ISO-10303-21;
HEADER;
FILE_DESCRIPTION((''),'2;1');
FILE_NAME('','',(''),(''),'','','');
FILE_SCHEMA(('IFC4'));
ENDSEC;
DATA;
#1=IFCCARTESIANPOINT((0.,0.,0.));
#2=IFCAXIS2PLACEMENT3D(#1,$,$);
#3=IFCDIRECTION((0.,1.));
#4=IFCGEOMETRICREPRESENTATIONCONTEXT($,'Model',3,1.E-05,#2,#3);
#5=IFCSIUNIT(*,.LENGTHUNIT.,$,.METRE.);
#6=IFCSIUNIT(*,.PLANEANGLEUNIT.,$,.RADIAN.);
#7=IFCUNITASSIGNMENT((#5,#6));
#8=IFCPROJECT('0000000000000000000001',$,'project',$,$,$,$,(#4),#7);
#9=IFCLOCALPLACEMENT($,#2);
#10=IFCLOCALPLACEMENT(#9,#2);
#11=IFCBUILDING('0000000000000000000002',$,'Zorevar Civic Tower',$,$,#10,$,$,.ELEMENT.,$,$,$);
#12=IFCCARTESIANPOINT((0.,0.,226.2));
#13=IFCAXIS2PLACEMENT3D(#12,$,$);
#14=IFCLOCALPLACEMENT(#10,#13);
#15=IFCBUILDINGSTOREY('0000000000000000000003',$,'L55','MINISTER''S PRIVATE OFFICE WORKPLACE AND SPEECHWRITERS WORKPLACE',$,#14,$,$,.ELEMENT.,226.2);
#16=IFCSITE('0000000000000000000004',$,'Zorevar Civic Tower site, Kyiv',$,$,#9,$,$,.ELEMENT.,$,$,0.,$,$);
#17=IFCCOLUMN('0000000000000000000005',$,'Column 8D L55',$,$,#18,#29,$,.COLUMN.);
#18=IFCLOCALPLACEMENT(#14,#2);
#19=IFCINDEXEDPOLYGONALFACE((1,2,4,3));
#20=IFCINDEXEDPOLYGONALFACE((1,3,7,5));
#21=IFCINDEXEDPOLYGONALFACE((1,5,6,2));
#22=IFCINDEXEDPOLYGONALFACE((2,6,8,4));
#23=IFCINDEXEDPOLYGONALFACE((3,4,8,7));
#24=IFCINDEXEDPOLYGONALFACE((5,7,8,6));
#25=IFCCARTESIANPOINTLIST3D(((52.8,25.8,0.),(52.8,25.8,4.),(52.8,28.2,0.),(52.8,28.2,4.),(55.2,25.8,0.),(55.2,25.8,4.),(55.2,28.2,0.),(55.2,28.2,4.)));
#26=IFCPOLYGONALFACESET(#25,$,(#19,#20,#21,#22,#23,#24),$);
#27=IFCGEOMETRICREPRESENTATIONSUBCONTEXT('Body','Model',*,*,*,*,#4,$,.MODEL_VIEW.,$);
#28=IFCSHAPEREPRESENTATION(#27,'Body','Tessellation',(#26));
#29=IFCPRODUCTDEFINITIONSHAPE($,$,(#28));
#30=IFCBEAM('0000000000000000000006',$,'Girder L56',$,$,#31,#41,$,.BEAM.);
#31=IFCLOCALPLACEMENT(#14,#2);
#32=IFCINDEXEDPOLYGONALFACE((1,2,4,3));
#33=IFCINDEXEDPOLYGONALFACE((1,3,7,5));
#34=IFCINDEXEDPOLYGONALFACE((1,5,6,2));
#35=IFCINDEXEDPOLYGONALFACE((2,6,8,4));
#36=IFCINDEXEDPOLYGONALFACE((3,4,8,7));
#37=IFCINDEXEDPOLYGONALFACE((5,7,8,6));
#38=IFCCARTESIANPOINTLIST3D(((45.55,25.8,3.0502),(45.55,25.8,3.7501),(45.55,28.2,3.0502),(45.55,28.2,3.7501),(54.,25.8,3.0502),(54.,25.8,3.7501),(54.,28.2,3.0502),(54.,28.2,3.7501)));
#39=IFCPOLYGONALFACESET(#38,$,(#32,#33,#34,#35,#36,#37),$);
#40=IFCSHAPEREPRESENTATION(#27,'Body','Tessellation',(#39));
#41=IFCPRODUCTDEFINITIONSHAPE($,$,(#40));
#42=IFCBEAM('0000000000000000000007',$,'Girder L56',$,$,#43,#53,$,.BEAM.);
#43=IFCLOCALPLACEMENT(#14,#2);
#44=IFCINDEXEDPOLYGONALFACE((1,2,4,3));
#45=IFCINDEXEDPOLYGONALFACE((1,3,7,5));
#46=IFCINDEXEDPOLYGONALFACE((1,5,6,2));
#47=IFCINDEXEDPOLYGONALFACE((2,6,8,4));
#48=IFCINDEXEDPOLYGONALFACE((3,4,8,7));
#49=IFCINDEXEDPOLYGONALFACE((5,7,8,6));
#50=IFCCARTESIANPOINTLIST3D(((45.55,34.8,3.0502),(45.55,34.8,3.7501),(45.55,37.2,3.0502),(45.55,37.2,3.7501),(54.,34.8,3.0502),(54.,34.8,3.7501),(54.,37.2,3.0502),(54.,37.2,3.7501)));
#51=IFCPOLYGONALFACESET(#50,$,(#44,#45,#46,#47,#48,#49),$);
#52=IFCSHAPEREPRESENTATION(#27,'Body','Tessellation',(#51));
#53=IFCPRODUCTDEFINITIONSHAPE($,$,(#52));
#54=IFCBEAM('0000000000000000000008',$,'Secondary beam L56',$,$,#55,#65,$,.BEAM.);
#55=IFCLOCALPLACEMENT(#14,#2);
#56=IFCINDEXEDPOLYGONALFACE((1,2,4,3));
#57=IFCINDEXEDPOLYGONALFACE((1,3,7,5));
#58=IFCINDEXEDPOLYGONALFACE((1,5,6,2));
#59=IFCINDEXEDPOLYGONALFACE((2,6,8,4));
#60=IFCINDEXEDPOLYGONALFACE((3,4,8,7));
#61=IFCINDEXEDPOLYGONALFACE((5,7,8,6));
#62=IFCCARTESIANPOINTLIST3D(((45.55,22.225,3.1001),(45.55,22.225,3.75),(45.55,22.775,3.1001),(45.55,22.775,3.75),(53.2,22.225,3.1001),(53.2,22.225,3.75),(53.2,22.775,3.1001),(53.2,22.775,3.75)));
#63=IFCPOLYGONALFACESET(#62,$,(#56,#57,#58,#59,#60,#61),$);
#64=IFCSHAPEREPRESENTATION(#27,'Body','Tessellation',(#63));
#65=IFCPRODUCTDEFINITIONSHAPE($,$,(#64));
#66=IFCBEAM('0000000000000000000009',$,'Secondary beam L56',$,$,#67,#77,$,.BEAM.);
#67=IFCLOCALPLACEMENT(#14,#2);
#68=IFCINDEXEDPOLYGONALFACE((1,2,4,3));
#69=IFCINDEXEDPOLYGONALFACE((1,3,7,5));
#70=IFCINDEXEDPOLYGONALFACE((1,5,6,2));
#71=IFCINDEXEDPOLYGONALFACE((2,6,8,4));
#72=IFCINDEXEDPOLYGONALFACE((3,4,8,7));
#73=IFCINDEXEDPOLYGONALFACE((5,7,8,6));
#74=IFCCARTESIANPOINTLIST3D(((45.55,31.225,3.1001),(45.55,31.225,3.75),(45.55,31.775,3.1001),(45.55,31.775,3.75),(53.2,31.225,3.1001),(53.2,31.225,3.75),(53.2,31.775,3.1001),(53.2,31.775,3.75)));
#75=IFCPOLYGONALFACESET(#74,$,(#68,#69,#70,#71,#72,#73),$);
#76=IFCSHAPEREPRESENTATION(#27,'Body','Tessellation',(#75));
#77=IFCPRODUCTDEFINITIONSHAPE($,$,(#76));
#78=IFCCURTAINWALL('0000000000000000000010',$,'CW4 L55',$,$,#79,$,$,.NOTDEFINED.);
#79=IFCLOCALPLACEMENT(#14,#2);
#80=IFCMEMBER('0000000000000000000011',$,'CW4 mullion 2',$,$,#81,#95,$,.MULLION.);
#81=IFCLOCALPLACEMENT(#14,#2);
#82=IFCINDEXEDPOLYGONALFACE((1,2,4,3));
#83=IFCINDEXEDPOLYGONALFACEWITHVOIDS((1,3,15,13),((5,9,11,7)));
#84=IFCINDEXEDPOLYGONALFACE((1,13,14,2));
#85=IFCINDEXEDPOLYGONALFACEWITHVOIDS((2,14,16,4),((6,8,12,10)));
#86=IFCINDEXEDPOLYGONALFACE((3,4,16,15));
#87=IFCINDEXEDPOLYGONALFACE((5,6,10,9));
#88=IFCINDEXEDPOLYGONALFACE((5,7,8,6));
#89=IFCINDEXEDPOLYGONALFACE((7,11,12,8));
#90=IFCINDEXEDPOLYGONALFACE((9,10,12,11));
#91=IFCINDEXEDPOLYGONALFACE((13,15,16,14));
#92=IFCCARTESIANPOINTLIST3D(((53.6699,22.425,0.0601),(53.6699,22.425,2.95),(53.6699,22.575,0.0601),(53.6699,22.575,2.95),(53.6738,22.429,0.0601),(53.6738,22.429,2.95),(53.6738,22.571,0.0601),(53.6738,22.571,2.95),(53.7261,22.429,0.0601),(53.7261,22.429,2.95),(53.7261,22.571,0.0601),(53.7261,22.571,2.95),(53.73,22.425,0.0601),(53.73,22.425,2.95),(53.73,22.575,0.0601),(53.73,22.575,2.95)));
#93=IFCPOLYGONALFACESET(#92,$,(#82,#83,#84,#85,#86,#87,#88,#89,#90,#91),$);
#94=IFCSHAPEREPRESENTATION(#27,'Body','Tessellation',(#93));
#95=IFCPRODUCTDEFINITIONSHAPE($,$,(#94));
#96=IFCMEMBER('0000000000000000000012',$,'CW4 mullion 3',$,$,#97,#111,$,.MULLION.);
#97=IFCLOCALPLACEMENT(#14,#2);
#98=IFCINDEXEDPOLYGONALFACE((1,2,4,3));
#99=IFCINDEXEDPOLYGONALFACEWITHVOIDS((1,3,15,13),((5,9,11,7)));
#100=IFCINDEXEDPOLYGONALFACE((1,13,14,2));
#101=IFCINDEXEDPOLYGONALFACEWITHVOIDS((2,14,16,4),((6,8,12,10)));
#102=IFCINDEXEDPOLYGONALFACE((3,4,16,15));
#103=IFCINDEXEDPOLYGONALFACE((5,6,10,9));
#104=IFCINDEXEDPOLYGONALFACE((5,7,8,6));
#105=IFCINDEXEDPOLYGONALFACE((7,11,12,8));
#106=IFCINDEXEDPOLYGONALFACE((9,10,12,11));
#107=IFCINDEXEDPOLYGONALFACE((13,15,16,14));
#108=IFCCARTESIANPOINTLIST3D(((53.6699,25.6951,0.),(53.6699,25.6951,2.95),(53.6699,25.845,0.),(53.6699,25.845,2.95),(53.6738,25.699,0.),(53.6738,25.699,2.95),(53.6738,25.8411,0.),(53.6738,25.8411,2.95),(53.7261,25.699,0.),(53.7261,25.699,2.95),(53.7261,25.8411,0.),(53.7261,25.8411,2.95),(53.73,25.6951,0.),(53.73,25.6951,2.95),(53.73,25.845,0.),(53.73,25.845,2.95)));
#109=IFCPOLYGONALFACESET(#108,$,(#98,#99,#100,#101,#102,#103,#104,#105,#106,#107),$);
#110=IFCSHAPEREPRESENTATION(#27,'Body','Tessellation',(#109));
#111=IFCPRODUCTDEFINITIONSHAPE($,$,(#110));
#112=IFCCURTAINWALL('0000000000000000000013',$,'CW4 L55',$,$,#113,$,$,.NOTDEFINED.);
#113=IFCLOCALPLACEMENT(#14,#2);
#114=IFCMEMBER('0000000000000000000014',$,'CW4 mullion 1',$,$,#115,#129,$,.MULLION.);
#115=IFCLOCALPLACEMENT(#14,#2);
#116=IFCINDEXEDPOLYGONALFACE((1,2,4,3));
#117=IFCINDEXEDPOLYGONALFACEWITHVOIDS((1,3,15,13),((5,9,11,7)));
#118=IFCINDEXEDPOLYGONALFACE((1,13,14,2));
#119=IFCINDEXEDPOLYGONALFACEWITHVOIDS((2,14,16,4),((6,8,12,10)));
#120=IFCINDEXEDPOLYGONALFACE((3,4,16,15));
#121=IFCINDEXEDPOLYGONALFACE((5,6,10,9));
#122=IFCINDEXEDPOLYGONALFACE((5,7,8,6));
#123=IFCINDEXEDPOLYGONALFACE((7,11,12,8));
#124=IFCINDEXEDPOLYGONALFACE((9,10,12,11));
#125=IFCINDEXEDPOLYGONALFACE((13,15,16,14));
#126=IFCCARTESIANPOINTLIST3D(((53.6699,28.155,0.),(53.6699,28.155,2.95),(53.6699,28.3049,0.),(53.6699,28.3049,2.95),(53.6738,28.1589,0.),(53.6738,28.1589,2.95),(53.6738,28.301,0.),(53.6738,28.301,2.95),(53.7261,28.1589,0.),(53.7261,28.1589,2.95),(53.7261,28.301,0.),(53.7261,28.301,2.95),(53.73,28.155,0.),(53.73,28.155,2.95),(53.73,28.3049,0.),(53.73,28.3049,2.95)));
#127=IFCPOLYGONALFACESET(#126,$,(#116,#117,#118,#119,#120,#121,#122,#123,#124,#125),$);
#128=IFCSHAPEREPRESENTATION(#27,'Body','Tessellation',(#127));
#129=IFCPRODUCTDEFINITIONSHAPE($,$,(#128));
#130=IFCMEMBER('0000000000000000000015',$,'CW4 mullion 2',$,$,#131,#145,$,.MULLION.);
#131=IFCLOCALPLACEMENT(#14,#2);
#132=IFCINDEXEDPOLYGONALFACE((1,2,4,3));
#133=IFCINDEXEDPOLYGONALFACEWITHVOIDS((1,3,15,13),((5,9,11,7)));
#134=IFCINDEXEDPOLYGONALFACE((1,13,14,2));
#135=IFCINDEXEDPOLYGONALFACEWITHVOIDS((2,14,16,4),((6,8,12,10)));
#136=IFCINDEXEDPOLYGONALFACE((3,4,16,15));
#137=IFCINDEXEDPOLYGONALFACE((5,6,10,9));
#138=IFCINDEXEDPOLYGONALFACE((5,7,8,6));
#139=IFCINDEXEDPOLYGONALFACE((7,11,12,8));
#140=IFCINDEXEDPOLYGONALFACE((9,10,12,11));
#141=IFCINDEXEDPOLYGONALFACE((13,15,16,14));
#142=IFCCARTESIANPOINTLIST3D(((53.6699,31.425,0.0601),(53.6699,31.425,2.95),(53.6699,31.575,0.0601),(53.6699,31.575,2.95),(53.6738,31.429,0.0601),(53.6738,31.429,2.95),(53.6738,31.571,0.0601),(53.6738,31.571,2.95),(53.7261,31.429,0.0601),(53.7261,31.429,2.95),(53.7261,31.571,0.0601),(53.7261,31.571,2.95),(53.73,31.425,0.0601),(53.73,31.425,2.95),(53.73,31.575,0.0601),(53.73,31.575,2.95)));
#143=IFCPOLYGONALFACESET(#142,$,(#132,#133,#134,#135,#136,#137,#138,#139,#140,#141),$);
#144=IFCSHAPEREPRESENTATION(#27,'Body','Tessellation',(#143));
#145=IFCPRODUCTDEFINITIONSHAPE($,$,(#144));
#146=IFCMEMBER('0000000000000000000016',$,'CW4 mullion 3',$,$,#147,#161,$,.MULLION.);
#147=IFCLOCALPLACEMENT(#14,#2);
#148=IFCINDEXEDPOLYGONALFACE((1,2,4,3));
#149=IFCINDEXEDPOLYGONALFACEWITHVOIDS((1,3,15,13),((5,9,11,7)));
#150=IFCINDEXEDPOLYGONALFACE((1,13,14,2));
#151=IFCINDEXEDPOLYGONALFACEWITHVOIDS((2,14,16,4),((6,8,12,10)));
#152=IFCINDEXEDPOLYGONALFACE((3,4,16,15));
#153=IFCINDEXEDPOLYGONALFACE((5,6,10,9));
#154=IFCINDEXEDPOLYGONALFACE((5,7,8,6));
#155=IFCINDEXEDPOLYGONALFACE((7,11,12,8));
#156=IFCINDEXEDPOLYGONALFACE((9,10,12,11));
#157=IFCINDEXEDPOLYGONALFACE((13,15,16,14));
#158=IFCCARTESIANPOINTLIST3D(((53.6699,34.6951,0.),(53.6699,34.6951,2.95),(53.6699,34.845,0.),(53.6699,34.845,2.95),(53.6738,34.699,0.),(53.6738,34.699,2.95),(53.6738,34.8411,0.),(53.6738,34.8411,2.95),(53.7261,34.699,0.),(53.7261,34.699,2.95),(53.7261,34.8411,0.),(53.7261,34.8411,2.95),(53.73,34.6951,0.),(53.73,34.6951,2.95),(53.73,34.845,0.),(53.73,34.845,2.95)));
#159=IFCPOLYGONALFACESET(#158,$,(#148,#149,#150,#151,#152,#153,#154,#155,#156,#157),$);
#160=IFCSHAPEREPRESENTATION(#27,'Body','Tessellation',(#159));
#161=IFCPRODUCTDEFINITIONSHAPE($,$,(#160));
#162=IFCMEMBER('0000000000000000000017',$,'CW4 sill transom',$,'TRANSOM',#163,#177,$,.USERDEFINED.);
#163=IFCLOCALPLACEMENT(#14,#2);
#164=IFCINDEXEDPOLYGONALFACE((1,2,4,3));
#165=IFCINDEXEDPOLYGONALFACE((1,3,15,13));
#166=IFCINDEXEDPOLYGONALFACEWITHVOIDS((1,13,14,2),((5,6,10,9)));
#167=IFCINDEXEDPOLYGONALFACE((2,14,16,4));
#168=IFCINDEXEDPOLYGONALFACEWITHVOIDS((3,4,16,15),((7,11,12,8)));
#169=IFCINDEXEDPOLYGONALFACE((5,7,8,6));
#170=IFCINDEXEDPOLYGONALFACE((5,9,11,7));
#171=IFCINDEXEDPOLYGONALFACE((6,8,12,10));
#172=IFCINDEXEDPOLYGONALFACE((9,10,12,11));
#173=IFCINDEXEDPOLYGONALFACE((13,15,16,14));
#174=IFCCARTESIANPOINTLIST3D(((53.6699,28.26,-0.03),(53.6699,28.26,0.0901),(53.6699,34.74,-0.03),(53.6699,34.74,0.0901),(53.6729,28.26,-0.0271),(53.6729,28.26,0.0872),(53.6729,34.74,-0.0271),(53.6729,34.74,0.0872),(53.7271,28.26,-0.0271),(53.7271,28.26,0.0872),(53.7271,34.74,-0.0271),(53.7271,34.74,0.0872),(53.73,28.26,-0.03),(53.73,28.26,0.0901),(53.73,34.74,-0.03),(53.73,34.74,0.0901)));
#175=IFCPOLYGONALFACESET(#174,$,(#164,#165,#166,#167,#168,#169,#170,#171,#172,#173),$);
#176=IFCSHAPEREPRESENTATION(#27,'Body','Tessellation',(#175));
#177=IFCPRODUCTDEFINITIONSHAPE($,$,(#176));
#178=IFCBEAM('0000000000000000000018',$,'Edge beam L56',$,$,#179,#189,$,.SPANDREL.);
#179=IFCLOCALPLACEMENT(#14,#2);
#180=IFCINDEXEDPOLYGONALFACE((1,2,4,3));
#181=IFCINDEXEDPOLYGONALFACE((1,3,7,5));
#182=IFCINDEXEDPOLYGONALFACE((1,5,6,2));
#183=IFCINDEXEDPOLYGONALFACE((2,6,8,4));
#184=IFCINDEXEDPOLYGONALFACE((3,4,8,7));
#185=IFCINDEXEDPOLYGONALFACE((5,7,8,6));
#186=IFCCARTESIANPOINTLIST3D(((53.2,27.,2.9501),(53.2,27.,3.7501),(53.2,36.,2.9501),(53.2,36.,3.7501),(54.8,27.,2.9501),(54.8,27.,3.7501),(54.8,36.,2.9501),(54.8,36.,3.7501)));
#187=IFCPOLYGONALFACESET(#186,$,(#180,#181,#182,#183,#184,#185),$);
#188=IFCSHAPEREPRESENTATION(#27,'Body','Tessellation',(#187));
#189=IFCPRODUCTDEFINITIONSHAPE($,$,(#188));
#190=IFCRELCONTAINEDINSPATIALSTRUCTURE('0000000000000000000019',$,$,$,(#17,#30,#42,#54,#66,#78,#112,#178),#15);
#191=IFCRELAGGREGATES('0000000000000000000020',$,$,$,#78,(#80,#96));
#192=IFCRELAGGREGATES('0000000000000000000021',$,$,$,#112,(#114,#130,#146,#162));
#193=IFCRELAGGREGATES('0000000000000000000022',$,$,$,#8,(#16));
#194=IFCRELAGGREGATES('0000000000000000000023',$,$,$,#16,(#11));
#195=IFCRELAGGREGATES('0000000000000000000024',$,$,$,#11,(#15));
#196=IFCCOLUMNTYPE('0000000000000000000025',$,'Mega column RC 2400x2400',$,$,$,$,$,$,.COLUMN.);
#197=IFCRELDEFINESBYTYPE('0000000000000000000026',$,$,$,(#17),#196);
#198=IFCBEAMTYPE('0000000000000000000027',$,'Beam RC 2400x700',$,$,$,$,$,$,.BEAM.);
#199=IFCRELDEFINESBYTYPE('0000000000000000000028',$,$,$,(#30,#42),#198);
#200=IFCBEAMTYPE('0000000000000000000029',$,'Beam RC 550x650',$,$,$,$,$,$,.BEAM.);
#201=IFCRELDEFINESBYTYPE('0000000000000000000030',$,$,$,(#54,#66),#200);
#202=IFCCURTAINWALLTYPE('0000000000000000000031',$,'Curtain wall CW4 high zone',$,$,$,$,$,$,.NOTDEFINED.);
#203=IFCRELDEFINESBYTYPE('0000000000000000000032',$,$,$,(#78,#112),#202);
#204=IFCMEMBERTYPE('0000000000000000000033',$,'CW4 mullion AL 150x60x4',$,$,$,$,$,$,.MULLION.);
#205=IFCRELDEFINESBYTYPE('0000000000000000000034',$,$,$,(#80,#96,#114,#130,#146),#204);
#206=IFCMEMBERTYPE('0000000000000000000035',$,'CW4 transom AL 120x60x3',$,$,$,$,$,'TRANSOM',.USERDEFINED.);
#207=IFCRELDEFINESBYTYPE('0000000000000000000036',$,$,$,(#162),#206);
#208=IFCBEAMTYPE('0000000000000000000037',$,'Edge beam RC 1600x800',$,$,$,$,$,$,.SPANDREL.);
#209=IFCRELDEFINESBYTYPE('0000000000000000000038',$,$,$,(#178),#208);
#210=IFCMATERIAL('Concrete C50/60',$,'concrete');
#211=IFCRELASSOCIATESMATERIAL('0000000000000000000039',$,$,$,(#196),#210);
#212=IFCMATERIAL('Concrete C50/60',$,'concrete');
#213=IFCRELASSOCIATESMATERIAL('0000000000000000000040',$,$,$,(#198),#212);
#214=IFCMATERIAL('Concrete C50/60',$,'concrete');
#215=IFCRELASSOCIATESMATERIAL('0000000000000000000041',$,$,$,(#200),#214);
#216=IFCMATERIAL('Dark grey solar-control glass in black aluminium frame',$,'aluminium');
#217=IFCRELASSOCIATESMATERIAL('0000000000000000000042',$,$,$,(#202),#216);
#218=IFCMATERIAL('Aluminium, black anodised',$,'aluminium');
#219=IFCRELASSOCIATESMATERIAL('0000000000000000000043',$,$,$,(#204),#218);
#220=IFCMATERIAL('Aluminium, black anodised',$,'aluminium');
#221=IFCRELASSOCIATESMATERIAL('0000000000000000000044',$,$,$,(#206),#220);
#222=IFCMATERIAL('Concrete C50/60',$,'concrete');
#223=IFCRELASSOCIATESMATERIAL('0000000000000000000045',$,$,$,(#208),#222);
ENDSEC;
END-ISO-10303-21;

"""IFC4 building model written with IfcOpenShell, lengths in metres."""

from ifc_helpers import new_model, si_unit, direction, frame, origin, origin_2d, place, context, subcontext, project, spatial, rectangle, hollow_rectangle, extrude, material, material_profile, profile_set, type_object, element, aggregate, save


model = new_model("IFC4")

# Units and contexts
model_context = context("Model", 3, precision=1e-05, world=origin(), true_north=direction((0.0, 1.0)))
body_context = subcontext(model_context, "Body", "Model", "MODEL_VIEW")
ifc_project = project(units=[si_unit("LENGTHUNIT", "METRE"), si_unit("PLANEANGLEUNIT", "RADIAN")], contexts=[model_context])

# Site, building, storey
site_placement = place(None, origin())
site = spatial("IfcSite", under=ifc_project, at=site_placement, Name="Zorevar Civic Tower site, Kyiv", CompositionType="ELEMENT", RefElevation=0.0)
building_placement = place(site_placement, origin())
building = spatial("IfcBuilding", under=site, at=building_placement, Name="Zorevar Civic Tower", CompositionType="ELEMENT")
storey_placement = place(building_placement, frame((0.0, 0.0, 226.2)))
storey = spatial("IfcBuildingStorey", under=building, at=storey_placement, Name="L55", Description="MINISTER'S PRIVATE OFFICE WORKPLACE AND SPEECHWRITERS WORKPLACE", CompositionType="ELEMENT", Elevation=226.2)

# Column
ifc_material_1 = material(Name="Concrete C50/60", Category="concrete")
ifc_material_profile_1 = material_profile(ifc_material_1, rectangle(XDim=2.3999, YDim=2.3999, at=origin_2d()), Name="RC 2400x2400")
ifc_profile_set_1 = profile_set([ifc_material_profile_1], Name="Concrete C50/60")
column_type = type_object("IfcColumnType", Name="Mega column RC 2400x2400", PredefinedType="COLUMN", material=ifc_profile_set_1)
column_placement = place(storey_placement, frame((54.0, 27.0, 0.0), z_axis=(0.0, 0.0, 1.0), x_axis=(1.0, 0.0, 0.0)))
element("IfcColumn", 1, at=column_placement, inside=storey, type_object=column_type, Name="Column 8D L55", PredefinedType="COLUMN", context=body_context, shape_type="SweptSolid", body=[
    extrude(rectangle(XDim=2.3999, YDim=2.3999, at=origin_2d()), origin(), (0.0, 0.0, 1.0), 4.0),
])

# Beams
ifc_material_2 = material(Name="Concrete C50/60", Category="concrete")
ifc_material_profile_2 = material_profile(ifc_material_2, rectangle(XDim=2.3999, YDim=0.7, at=origin_2d()), Name="RC 2400x700")
ifc_profile_set_2 = profile_set([ifc_material_profile_2], Name="Concrete C50/60")
beam_type_1 = type_object("IfcBeamType", Name="Beam RC 2400x700", PredefinedType="BEAM", material=ifc_profile_set_2)
for number, where, z_axis, x_axis, name in (
    (2, (45.55, 27.0, 3.4001), (1.0, 0.0, 0.0), (0.0, 1.0, 0.0), "Girder L56"),
    (3, (45.55, 36.0, 3.4001), (1.0, 0.0, 0.0), (0.0, 1.0, 0.0), "Girder L56"),
):
    element("IfcBeam", number, at=place(storey_placement, frame(where, z_axis=z_axis, x_axis=x_axis)), inside=storey, type_object=beam_type_1, Name=name, PredefinedType="BEAM", context=body_context, shape_type="SweptSolid", body=[
        extrude(rectangle(XDim=2.3999, YDim=0.7, at=origin_2d()), origin(), (0.0, 0.0, 1.0), 8.45),
    ])
ifc_material_3 = material(Name="Concrete C50/60", Category="concrete")
ifc_material_profile_3 = material_profile(ifc_material_3, rectangle(XDim=0.55, YDim=0.6499, at=origin_2d()), Name="RC 550x650")
ifc_profile_set_3 = profile_set([ifc_material_profile_3], Name="Concrete C50/60")
beam_type_2 = type_object("IfcBeamType", Name="Beam RC 550x650", PredefinedType="BEAM", material=ifc_profile_set_3)
for number, where, z_axis, x_axis, name in (
    (4, (45.55, 22.5, 3.425), (1.0, 0.0, 0.0), (0.0, 1.0, 0.0), "Secondary beam L56"),
    (5, (45.55, 31.5, 3.425), (1.0, 0.0, 0.0), (0.0, 1.0, 0.0), "Secondary beam L56"),
):
    element("IfcBeam", number, at=place(storey_placement, frame(where, z_axis=z_axis, x_axis=x_axis)), inside=storey, type_object=beam_type_2, Name=name, PredefinedType="BEAM", context=body_context, shape_type="SweptSolid", body=[
        extrude(rectangle(XDim=0.55, YDim=0.6499, at=origin_2d()), origin(), (0.0, 0.0, 1.0), 7.6499),
    ])

# Curtain walls, members
ifc_material_4 = material(Name="Dark grey solar-control glass in black aluminium frame", Category="aluminium")
curtain_wall_type = type_object("IfcCurtainWallType", Name="Curtain wall CW4 high zone", PredefinedType="NOTDEFINED", material=ifc_material_4)
curtain_wall_1_placement = place(storey_placement, origin())
curtain_wall_1 = element("IfcCurtainWall", 6, at=curtain_wall_1_placement, inside=storey, type_object=curtain_wall_type, Name="CW4 L55", PredefinedType="NOTDEFINED")
ifc_material_5 = material(Name="Aluminium, black anodised", Category="aluminium")
ifc_material_profile_4 = material_profile(ifc_material_5, hollow_rectangle(XDim=0.0601, YDim=0.1499, WallThickness=0.0039, at=origin_2d()), Name="AL 150x60x4")
ifc_profile_set_4 = profile_set([ifc_material_profile_4], Name="Aluminium, black anodised")
member_type_1 = type_object("IfcMemberType", Name="CW4 mullion AL 150x60x4", PredefinedType="MULLION", material=ifc_profile_set_4)
member_1_placement = place(storey_placement, frame((53.7, 22.5, 0.0601), z_axis=(0.0, 0.0, 1.0), x_axis=(-1.0, 0.0, 0.0)))
member_1 = element("IfcMember", 7, at=member_1_placement, type_object=member_type_1, Name="CW4 mullion 2", PredefinedType="MULLION", context=body_context, shape_type="SweptSolid", body=[
    extrude(hollow_rectangle(XDim=0.0601, YDim=0.1499, WallThickness=0.0039, at=origin_2d()), origin(), (0.0, 0.0, 1.0), 2.8899),
])
member_2_placement = place(storey_placement, frame((53.7, 25.77, 0.0), z_axis=(0.0, 0.0, 1.0), x_axis=(-1.0, 0.0, 0.0)))
member_2 = element("IfcMember", 8, at=member_2_placement, type_object=member_type_1, Name="CW4 mullion 3", PredefinedType="MULLION", context=body_context, shape_type="SweptSolid", body=[
    extrude(hollow_rectangle(XDim=0.0601, YDim=0.1499, WallThickness=0.0039, at=origin_2d()), origin(), (0.0, 0.0, 1.0), 2.95),
])
curtain_wall_2_placement = place(storey_placement, origin())
curtain_wall_2 = element("IfcCurtainWall", 9, at=curtain_wall_2_placement, inside=storey, type_object=curtain_wall_type, Name="CW4 L55", PredefinedType="NOTDEFINED")
member_3_placement = place(storey_placement, frame((53.7, 28.23, 0.0), z_axis=(0.0, 0.0, 1.0), x_axis=(-1.0, 0.0, 0.0)))
member_3 = element("IfcMember", 10, at=member_3_placement, type_object=member_type_1, Name="CW4 mullion 1", PredefinedType="MULLION", context=body_context, shape_type="SweptSolid", body=[
    extrude(hollow_rectangle(XDim=0.0601, YDim=0.1499, WallThickness=0.0039, at=origin_2d()), origin(), (0.0, 0.0, 1.0), 2.95),
])
member_4_placement = place(storey_placement, frame((53.7, 31.5, 0.0601), z_axis=(0.0, 0.0, 1.0), x_axis=(-1.0, 0.0, 0.0)))
member_4 = element("IfcMember", 11, at=member_4_placement, type_object=member_type_1, Name="CW4 mullion 2", PredefinedType="MULLION", context=body_context, shape_type="SweptSolid", body=[
    extrude(hollow_rectangle(XDim=0.0601, YDim=0.1499, WallThickness=0.0039, at=origin_2d()), origin(), (0.0, 0.0, 1.0), 2.8899),
])
member_5_placement = place(storey_placement, frame((53.7, 34.77, 0.0), z_axis=(0.0, 0.0, 1.0), x_axis=(-1.0, 0.0, 0.0)))
member_5 = element("IfcMember", 12, at=member_5_placement, type_object=member_type_1, Name="CW4 mullion 3", PredefinedType="MULLION", context=body_context, shape_type="SweptSolid", body=[
    extrude(hollow_rectangle(XDim=0.0601, YDim=0.1499, WallThickness=0.0039, at=origin_2d()), origin(), (0.0, 0.0, 1.0), 2.95),
])
ifc_material_6 = material(Name="Aluminium, black anodised", Category="aluminium")
ifc_material_profile_5 = material_profile(ifc_material_6, hollow_rectangle(XDim=0.0601, YDim=0.1201, WallThickness=0.0029, at=origin_2d()), Name="AL 120x60x3")
ifc_profile_set_5 = profile_set([ifc_material_profile_5], Name="Aluminium, black anodised")
member_type_2 = type_object("IfcMemberType", Name="CW4 transom AL 120x60x3", ElementType="TRANSOM", PredefinedType="USERDEFINED", material=ifc_profile_set_5)
member_6_placement = place(storey_placement, frame((53.7, 28.26, 0.03), z_axis=(0.0, 1.0, 0.0), x_axis=(-1.0, 0.0, 0.0)))
member_6 = element("IfcMember", 13, at=member_6_placement, type_object=member_type_2, Name="CW4 sill transom", ObjectType="TRANSOM", PredefinedType="USERDEFINED", context=body_context, shape_type="SweptSolid", body=[
    extrude(hollow_rectangle(XDim=0.0601, YDim=0.1201, WallThickness=0.0029, at=origin_2d()), origin(), (0.0, 0.0, 1.0), 6.48),
])

# Beam
ifc_material_7 = material(Name="Concrete C50/60", Category="concrete")
ifc_material_profile_6 = material_profile(ifc_material_7, rectangle(XDim=1.6001, YDim=0.8, at=origin_2d()), Name="RC 1600x800")
ifc_profile_set_6 = profile_set([ifc_material_profile_6], Name="Concrete C50/60")
beam_type_3 = type_object("IfcBeamType", Name="Edge beam RC 1600x800", PredefinedType="SPANDREL", material=ifc_profile_set_6)
beam_placement = place(storey_placement, frame((54.0, 27.0, 3.3501), z_axis=(0.0, 1.0, 0.0), x_axis=(-1.0, 0.0, 0.0)))
element("IfcBeam", 14, at=beam_placement, inside=storey, type_object=beam_type_3, Name="Edge beam L56", PredefinedType="SPANDREL", context=body_context, shape_type="SweptSolid", body=[
    extrude(rectangle(XDim=1.6001, YDim=0.8, at=origin_2d()), origin(), (0.0, 0.0, 1.0), 9.0),
])

aggregate(curtain_wall_1, [member_1, member_2])
aggregate(curtain_wall_2, [member_3, member_4, member_5, member_6])

save(model, "model.ifc")
